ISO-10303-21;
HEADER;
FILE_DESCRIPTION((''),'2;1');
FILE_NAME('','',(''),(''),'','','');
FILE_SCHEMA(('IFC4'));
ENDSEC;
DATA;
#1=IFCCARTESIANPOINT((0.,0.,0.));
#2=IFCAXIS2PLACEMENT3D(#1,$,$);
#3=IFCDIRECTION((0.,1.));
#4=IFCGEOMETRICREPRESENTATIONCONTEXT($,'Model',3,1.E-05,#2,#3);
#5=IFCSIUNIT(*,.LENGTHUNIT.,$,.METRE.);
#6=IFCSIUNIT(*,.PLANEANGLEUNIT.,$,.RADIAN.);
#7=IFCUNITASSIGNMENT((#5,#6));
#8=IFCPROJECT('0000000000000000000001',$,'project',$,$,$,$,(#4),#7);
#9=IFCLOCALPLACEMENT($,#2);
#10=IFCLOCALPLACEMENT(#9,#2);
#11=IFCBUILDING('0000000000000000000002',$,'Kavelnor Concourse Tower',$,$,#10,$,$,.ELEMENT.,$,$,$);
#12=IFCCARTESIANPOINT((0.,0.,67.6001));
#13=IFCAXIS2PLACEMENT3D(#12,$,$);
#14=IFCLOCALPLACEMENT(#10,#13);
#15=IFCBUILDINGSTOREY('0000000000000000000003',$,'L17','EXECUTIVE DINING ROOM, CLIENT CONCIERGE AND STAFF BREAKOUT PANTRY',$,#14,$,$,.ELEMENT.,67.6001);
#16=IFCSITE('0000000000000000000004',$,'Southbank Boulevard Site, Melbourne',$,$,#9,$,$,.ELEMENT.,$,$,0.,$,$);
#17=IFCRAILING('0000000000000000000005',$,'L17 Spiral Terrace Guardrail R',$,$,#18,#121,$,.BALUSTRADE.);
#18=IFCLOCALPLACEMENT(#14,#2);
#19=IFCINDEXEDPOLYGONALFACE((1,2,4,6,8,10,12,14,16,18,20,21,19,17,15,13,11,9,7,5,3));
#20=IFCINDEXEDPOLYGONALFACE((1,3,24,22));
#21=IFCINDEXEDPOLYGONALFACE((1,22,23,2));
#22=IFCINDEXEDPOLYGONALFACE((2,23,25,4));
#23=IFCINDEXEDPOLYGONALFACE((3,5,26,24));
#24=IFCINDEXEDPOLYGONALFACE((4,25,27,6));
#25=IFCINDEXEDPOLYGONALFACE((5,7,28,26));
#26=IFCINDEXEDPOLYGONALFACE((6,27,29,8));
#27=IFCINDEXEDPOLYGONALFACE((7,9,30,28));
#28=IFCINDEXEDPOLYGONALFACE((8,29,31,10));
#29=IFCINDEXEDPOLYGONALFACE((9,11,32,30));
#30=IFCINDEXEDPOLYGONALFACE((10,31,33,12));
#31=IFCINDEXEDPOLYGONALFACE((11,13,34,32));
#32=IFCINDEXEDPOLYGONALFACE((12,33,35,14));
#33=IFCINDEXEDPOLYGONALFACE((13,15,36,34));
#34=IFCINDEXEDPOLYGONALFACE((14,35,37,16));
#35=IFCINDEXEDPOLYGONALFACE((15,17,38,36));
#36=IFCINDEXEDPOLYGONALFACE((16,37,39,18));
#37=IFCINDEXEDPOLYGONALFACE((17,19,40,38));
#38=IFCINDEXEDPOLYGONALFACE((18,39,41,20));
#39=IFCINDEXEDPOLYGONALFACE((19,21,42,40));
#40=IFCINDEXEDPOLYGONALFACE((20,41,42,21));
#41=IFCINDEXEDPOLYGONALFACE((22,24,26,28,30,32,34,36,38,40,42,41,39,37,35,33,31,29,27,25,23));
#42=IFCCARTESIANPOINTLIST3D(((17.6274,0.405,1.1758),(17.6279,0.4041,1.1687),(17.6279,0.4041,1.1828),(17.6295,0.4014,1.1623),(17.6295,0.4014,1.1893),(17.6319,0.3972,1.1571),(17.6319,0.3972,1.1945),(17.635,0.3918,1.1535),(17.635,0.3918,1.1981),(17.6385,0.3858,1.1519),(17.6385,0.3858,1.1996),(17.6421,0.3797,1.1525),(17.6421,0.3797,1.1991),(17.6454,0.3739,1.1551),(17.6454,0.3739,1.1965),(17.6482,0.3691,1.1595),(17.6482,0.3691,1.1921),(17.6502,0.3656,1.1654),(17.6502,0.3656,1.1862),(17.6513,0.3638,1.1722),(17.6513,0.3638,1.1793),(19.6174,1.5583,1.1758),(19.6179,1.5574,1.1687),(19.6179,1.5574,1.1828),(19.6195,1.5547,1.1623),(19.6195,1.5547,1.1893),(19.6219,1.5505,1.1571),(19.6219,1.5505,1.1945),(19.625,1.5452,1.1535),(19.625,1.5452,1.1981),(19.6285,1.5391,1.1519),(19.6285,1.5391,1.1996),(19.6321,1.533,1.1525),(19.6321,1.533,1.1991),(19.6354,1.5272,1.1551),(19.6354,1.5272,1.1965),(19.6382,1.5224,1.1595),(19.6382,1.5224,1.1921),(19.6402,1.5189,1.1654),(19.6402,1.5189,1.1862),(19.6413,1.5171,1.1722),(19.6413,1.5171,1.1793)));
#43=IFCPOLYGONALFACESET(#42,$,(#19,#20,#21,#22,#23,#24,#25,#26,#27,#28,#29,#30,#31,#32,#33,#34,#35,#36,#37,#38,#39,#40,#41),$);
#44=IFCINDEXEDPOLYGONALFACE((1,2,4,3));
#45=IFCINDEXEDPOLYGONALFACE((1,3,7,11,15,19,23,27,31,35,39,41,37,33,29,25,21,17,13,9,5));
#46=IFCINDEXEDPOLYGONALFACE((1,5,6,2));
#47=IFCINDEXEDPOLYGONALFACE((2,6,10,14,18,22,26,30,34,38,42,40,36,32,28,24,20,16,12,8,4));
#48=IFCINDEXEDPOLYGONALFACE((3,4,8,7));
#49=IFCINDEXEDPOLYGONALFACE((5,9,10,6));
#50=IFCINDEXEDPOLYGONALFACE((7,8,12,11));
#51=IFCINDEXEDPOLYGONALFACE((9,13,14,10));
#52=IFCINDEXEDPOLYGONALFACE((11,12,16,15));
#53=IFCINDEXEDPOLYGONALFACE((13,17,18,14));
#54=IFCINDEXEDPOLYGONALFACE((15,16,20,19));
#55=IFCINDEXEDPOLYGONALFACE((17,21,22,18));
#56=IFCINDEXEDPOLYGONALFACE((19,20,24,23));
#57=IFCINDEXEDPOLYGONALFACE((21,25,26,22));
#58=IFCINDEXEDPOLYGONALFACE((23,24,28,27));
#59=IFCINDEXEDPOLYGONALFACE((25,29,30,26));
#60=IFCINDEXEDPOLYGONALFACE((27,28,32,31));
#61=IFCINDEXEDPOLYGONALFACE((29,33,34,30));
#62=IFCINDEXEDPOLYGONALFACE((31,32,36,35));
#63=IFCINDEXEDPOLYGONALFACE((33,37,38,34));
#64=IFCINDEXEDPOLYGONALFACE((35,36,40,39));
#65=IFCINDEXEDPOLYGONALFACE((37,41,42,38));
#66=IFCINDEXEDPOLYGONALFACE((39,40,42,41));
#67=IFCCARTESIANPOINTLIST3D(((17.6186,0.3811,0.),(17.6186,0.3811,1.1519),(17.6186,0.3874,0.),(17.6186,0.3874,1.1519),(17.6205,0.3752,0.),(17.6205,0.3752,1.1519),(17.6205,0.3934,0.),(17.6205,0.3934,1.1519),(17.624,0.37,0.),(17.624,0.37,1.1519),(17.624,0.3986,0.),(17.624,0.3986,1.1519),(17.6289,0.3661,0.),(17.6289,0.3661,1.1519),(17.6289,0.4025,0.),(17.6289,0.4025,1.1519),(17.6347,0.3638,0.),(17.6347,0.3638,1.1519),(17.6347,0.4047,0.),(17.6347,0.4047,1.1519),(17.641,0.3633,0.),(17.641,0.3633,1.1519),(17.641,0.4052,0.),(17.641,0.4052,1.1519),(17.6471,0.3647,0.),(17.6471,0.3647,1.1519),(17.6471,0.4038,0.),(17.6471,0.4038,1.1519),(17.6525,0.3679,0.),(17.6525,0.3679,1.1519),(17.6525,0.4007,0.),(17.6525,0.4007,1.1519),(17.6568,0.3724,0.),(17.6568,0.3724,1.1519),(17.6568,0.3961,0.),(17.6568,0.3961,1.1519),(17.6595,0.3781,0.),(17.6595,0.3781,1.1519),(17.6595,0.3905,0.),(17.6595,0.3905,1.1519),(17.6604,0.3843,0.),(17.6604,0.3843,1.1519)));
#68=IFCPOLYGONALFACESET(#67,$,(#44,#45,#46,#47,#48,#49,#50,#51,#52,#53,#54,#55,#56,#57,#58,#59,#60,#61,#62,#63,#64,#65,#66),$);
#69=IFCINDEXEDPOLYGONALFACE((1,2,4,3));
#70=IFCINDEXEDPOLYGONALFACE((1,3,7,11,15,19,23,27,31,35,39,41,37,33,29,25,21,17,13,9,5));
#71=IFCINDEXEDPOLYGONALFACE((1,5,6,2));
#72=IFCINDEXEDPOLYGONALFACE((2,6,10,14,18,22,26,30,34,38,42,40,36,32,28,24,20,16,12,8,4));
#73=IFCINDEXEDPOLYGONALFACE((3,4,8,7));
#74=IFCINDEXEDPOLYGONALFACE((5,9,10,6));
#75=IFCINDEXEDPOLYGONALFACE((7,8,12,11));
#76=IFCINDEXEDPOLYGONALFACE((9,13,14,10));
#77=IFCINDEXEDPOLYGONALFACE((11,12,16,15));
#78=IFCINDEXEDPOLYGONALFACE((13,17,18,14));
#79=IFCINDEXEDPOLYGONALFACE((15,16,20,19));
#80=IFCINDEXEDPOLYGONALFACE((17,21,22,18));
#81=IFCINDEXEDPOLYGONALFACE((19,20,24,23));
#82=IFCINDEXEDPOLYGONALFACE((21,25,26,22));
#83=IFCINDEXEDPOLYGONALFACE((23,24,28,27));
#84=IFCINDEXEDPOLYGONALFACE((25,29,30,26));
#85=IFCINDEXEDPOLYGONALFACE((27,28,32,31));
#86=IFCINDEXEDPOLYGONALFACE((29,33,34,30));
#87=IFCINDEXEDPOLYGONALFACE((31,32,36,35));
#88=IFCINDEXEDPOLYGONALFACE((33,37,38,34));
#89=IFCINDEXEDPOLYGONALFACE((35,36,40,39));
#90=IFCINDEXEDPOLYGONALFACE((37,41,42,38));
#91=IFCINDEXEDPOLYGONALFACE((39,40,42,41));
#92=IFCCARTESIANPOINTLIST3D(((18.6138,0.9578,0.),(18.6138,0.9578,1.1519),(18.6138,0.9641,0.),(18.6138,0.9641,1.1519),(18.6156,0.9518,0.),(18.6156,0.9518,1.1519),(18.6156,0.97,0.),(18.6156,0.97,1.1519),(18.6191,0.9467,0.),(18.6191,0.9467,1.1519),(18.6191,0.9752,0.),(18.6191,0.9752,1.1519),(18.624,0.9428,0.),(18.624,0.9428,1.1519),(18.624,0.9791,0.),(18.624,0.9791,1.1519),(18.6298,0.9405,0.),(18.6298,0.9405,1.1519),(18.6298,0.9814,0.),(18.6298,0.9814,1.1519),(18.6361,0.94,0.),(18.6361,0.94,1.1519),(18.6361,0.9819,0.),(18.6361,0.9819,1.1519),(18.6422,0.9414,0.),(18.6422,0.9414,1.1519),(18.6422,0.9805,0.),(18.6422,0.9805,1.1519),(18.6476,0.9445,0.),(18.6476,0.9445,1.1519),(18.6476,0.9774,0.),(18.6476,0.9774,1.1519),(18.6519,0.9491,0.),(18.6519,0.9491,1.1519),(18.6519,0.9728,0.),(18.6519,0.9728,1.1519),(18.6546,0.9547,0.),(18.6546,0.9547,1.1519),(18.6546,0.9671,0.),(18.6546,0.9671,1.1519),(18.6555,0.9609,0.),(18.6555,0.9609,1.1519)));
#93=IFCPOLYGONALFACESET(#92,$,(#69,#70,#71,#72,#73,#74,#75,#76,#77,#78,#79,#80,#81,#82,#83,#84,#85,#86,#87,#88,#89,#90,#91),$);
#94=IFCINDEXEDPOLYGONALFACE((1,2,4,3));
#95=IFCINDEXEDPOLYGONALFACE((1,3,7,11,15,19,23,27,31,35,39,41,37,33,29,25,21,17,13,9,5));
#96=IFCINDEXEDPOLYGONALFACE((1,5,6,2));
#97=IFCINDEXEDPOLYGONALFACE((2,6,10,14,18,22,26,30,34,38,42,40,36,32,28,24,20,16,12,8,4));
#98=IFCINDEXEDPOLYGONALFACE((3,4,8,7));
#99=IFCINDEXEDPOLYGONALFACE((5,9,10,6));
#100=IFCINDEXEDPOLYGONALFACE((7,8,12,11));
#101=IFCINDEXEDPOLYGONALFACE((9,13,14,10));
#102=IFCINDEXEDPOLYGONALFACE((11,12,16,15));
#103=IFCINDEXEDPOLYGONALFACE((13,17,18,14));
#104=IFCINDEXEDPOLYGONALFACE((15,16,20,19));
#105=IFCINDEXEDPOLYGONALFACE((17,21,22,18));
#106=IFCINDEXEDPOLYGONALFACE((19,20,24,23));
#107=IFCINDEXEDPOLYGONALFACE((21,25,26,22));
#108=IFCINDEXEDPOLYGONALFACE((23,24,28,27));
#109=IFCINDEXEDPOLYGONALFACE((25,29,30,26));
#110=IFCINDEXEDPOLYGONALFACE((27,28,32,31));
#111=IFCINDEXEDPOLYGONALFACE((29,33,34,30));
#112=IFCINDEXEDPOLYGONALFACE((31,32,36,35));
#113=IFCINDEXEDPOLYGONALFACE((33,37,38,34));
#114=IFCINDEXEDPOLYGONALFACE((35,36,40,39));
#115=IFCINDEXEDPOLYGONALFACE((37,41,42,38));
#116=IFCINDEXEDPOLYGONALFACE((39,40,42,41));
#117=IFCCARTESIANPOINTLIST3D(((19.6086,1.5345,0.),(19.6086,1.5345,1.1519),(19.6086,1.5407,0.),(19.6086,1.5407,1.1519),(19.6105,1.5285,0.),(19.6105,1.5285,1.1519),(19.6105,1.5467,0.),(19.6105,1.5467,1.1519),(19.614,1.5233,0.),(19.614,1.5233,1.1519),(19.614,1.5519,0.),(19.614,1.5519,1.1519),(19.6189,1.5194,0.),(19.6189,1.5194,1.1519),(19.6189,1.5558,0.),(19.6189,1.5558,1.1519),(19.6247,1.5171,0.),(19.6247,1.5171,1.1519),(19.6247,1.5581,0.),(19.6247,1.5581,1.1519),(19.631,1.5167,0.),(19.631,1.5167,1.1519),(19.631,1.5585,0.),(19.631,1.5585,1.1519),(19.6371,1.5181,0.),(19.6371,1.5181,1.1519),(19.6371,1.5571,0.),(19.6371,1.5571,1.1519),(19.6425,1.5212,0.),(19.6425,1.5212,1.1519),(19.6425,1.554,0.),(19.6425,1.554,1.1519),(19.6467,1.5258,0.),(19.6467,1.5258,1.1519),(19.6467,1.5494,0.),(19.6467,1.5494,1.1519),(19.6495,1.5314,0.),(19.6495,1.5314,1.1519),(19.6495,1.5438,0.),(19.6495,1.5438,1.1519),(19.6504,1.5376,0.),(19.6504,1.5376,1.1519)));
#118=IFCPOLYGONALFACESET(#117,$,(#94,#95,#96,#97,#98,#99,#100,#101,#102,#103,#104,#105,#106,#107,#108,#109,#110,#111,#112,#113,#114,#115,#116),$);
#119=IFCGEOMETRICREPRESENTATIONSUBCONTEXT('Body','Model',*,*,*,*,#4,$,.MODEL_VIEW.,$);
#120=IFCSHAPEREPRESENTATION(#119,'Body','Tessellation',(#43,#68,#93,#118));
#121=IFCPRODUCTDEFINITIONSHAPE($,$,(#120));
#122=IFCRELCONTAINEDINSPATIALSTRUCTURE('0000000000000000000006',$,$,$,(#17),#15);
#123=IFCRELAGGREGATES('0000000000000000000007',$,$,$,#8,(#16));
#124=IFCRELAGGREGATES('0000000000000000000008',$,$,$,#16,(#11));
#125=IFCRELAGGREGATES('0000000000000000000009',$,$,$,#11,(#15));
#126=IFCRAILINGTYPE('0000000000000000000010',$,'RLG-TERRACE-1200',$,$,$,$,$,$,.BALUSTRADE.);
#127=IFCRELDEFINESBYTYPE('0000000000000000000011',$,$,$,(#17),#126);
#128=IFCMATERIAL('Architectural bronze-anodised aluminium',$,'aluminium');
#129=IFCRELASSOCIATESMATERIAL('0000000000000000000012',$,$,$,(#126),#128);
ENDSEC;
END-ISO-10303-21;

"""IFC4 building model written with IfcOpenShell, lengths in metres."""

from ifc_helpers import new_model, si_unit, direction, frame, origin, origin_2d, place, context, subcontext, project, spatial, circle, extrude, material, type_object, element, save


model = new_model("IFC4")

# Units and contexts
model_context = context("Model", 3, precision=1e-05, world=origin(), true_north=direction((0.0, 1.0)))
body_context = subcontext(model_context, "Body", "Model", "MODEL_VIEW")
ifc_project = project(units=[si_unit("LENGTHUNIT", "METRE"), si_unit("PLANEANGLEUNIT", "RADIAN")], contexts=[model_context])

# Site, building, storey
site_placement = place(None, origin())
site = spatial("IfcSite", under=ifc_project, at=site_placement, Name="Southbank Boulevard Site, Melbourne", CompositionType="ELEMENT", RefElevation=0.0)
building_placement = place(site_placement, origin())
building = spatial("IfcBuilding", under=site, at=building_placement, Name="Kavelnor Concourse Tower", CompositionType="ELEMENT")
storey_placement = place(building_placement, frame((0.0, 0.0, 67.6001)))
storey = spatial("IfcBuildingStorey", under=building, at=storey_placement, Name="L17", Description="EXECUTIVE DINING ROOM, CLIENT CONCIERGE AND STAFF BREAKOUT PANTRY", CompositionType="ELEMENT", Elevation=67.6001)

# Railing
ifc_material_1 = material(Name="Architectural bronze-anodised aluminium", Category="aluminium")
railing_type = type_object("IfcRailingType", Name="RLG-TERRACE-1200", PredefinedType="BALUSTRADE", material=ifc_material_1)
railing_placement = place(storey_placement, frame((17.6394, 0.3843, 0.0)))
element("IfcRailing", 1, at=railing_placement, inside=storey, type_object=railing_type, Name="L17 Spiral Terrace Guardrail R", PredefinedType="BALUSTRADE", context=body_context, shape_type="SweptSolid", body=[
    extrude(circle(Radius=0.0239, at=origin_2d()), frame((0.0, 0.0, 1.1758), z_axis=(0.865196, 0.501434, 0.0), x_axis=(-0.501434, 0.865196, 0.0)), (0.0, 0.0, 1.0), 2.3),
    extrude(circle(Radius=0.021, at=origin_2d()), origin(), (0.0, 0.0, 1.0), 1.1519),
    extrude(circle(Radius=0.021, at=origin_2d()), frame((0.9951, 0.5767, 0.0)), (0.0, 0.0, 1.0), 1.1519),
    extrude(circle(Radius=0.021, at=origin_2d()), frame((1.99, 1.1533, 0.0)), (0.0, 0.0, 1.0), 1.1519),
])

save(model, "model.ifc")
